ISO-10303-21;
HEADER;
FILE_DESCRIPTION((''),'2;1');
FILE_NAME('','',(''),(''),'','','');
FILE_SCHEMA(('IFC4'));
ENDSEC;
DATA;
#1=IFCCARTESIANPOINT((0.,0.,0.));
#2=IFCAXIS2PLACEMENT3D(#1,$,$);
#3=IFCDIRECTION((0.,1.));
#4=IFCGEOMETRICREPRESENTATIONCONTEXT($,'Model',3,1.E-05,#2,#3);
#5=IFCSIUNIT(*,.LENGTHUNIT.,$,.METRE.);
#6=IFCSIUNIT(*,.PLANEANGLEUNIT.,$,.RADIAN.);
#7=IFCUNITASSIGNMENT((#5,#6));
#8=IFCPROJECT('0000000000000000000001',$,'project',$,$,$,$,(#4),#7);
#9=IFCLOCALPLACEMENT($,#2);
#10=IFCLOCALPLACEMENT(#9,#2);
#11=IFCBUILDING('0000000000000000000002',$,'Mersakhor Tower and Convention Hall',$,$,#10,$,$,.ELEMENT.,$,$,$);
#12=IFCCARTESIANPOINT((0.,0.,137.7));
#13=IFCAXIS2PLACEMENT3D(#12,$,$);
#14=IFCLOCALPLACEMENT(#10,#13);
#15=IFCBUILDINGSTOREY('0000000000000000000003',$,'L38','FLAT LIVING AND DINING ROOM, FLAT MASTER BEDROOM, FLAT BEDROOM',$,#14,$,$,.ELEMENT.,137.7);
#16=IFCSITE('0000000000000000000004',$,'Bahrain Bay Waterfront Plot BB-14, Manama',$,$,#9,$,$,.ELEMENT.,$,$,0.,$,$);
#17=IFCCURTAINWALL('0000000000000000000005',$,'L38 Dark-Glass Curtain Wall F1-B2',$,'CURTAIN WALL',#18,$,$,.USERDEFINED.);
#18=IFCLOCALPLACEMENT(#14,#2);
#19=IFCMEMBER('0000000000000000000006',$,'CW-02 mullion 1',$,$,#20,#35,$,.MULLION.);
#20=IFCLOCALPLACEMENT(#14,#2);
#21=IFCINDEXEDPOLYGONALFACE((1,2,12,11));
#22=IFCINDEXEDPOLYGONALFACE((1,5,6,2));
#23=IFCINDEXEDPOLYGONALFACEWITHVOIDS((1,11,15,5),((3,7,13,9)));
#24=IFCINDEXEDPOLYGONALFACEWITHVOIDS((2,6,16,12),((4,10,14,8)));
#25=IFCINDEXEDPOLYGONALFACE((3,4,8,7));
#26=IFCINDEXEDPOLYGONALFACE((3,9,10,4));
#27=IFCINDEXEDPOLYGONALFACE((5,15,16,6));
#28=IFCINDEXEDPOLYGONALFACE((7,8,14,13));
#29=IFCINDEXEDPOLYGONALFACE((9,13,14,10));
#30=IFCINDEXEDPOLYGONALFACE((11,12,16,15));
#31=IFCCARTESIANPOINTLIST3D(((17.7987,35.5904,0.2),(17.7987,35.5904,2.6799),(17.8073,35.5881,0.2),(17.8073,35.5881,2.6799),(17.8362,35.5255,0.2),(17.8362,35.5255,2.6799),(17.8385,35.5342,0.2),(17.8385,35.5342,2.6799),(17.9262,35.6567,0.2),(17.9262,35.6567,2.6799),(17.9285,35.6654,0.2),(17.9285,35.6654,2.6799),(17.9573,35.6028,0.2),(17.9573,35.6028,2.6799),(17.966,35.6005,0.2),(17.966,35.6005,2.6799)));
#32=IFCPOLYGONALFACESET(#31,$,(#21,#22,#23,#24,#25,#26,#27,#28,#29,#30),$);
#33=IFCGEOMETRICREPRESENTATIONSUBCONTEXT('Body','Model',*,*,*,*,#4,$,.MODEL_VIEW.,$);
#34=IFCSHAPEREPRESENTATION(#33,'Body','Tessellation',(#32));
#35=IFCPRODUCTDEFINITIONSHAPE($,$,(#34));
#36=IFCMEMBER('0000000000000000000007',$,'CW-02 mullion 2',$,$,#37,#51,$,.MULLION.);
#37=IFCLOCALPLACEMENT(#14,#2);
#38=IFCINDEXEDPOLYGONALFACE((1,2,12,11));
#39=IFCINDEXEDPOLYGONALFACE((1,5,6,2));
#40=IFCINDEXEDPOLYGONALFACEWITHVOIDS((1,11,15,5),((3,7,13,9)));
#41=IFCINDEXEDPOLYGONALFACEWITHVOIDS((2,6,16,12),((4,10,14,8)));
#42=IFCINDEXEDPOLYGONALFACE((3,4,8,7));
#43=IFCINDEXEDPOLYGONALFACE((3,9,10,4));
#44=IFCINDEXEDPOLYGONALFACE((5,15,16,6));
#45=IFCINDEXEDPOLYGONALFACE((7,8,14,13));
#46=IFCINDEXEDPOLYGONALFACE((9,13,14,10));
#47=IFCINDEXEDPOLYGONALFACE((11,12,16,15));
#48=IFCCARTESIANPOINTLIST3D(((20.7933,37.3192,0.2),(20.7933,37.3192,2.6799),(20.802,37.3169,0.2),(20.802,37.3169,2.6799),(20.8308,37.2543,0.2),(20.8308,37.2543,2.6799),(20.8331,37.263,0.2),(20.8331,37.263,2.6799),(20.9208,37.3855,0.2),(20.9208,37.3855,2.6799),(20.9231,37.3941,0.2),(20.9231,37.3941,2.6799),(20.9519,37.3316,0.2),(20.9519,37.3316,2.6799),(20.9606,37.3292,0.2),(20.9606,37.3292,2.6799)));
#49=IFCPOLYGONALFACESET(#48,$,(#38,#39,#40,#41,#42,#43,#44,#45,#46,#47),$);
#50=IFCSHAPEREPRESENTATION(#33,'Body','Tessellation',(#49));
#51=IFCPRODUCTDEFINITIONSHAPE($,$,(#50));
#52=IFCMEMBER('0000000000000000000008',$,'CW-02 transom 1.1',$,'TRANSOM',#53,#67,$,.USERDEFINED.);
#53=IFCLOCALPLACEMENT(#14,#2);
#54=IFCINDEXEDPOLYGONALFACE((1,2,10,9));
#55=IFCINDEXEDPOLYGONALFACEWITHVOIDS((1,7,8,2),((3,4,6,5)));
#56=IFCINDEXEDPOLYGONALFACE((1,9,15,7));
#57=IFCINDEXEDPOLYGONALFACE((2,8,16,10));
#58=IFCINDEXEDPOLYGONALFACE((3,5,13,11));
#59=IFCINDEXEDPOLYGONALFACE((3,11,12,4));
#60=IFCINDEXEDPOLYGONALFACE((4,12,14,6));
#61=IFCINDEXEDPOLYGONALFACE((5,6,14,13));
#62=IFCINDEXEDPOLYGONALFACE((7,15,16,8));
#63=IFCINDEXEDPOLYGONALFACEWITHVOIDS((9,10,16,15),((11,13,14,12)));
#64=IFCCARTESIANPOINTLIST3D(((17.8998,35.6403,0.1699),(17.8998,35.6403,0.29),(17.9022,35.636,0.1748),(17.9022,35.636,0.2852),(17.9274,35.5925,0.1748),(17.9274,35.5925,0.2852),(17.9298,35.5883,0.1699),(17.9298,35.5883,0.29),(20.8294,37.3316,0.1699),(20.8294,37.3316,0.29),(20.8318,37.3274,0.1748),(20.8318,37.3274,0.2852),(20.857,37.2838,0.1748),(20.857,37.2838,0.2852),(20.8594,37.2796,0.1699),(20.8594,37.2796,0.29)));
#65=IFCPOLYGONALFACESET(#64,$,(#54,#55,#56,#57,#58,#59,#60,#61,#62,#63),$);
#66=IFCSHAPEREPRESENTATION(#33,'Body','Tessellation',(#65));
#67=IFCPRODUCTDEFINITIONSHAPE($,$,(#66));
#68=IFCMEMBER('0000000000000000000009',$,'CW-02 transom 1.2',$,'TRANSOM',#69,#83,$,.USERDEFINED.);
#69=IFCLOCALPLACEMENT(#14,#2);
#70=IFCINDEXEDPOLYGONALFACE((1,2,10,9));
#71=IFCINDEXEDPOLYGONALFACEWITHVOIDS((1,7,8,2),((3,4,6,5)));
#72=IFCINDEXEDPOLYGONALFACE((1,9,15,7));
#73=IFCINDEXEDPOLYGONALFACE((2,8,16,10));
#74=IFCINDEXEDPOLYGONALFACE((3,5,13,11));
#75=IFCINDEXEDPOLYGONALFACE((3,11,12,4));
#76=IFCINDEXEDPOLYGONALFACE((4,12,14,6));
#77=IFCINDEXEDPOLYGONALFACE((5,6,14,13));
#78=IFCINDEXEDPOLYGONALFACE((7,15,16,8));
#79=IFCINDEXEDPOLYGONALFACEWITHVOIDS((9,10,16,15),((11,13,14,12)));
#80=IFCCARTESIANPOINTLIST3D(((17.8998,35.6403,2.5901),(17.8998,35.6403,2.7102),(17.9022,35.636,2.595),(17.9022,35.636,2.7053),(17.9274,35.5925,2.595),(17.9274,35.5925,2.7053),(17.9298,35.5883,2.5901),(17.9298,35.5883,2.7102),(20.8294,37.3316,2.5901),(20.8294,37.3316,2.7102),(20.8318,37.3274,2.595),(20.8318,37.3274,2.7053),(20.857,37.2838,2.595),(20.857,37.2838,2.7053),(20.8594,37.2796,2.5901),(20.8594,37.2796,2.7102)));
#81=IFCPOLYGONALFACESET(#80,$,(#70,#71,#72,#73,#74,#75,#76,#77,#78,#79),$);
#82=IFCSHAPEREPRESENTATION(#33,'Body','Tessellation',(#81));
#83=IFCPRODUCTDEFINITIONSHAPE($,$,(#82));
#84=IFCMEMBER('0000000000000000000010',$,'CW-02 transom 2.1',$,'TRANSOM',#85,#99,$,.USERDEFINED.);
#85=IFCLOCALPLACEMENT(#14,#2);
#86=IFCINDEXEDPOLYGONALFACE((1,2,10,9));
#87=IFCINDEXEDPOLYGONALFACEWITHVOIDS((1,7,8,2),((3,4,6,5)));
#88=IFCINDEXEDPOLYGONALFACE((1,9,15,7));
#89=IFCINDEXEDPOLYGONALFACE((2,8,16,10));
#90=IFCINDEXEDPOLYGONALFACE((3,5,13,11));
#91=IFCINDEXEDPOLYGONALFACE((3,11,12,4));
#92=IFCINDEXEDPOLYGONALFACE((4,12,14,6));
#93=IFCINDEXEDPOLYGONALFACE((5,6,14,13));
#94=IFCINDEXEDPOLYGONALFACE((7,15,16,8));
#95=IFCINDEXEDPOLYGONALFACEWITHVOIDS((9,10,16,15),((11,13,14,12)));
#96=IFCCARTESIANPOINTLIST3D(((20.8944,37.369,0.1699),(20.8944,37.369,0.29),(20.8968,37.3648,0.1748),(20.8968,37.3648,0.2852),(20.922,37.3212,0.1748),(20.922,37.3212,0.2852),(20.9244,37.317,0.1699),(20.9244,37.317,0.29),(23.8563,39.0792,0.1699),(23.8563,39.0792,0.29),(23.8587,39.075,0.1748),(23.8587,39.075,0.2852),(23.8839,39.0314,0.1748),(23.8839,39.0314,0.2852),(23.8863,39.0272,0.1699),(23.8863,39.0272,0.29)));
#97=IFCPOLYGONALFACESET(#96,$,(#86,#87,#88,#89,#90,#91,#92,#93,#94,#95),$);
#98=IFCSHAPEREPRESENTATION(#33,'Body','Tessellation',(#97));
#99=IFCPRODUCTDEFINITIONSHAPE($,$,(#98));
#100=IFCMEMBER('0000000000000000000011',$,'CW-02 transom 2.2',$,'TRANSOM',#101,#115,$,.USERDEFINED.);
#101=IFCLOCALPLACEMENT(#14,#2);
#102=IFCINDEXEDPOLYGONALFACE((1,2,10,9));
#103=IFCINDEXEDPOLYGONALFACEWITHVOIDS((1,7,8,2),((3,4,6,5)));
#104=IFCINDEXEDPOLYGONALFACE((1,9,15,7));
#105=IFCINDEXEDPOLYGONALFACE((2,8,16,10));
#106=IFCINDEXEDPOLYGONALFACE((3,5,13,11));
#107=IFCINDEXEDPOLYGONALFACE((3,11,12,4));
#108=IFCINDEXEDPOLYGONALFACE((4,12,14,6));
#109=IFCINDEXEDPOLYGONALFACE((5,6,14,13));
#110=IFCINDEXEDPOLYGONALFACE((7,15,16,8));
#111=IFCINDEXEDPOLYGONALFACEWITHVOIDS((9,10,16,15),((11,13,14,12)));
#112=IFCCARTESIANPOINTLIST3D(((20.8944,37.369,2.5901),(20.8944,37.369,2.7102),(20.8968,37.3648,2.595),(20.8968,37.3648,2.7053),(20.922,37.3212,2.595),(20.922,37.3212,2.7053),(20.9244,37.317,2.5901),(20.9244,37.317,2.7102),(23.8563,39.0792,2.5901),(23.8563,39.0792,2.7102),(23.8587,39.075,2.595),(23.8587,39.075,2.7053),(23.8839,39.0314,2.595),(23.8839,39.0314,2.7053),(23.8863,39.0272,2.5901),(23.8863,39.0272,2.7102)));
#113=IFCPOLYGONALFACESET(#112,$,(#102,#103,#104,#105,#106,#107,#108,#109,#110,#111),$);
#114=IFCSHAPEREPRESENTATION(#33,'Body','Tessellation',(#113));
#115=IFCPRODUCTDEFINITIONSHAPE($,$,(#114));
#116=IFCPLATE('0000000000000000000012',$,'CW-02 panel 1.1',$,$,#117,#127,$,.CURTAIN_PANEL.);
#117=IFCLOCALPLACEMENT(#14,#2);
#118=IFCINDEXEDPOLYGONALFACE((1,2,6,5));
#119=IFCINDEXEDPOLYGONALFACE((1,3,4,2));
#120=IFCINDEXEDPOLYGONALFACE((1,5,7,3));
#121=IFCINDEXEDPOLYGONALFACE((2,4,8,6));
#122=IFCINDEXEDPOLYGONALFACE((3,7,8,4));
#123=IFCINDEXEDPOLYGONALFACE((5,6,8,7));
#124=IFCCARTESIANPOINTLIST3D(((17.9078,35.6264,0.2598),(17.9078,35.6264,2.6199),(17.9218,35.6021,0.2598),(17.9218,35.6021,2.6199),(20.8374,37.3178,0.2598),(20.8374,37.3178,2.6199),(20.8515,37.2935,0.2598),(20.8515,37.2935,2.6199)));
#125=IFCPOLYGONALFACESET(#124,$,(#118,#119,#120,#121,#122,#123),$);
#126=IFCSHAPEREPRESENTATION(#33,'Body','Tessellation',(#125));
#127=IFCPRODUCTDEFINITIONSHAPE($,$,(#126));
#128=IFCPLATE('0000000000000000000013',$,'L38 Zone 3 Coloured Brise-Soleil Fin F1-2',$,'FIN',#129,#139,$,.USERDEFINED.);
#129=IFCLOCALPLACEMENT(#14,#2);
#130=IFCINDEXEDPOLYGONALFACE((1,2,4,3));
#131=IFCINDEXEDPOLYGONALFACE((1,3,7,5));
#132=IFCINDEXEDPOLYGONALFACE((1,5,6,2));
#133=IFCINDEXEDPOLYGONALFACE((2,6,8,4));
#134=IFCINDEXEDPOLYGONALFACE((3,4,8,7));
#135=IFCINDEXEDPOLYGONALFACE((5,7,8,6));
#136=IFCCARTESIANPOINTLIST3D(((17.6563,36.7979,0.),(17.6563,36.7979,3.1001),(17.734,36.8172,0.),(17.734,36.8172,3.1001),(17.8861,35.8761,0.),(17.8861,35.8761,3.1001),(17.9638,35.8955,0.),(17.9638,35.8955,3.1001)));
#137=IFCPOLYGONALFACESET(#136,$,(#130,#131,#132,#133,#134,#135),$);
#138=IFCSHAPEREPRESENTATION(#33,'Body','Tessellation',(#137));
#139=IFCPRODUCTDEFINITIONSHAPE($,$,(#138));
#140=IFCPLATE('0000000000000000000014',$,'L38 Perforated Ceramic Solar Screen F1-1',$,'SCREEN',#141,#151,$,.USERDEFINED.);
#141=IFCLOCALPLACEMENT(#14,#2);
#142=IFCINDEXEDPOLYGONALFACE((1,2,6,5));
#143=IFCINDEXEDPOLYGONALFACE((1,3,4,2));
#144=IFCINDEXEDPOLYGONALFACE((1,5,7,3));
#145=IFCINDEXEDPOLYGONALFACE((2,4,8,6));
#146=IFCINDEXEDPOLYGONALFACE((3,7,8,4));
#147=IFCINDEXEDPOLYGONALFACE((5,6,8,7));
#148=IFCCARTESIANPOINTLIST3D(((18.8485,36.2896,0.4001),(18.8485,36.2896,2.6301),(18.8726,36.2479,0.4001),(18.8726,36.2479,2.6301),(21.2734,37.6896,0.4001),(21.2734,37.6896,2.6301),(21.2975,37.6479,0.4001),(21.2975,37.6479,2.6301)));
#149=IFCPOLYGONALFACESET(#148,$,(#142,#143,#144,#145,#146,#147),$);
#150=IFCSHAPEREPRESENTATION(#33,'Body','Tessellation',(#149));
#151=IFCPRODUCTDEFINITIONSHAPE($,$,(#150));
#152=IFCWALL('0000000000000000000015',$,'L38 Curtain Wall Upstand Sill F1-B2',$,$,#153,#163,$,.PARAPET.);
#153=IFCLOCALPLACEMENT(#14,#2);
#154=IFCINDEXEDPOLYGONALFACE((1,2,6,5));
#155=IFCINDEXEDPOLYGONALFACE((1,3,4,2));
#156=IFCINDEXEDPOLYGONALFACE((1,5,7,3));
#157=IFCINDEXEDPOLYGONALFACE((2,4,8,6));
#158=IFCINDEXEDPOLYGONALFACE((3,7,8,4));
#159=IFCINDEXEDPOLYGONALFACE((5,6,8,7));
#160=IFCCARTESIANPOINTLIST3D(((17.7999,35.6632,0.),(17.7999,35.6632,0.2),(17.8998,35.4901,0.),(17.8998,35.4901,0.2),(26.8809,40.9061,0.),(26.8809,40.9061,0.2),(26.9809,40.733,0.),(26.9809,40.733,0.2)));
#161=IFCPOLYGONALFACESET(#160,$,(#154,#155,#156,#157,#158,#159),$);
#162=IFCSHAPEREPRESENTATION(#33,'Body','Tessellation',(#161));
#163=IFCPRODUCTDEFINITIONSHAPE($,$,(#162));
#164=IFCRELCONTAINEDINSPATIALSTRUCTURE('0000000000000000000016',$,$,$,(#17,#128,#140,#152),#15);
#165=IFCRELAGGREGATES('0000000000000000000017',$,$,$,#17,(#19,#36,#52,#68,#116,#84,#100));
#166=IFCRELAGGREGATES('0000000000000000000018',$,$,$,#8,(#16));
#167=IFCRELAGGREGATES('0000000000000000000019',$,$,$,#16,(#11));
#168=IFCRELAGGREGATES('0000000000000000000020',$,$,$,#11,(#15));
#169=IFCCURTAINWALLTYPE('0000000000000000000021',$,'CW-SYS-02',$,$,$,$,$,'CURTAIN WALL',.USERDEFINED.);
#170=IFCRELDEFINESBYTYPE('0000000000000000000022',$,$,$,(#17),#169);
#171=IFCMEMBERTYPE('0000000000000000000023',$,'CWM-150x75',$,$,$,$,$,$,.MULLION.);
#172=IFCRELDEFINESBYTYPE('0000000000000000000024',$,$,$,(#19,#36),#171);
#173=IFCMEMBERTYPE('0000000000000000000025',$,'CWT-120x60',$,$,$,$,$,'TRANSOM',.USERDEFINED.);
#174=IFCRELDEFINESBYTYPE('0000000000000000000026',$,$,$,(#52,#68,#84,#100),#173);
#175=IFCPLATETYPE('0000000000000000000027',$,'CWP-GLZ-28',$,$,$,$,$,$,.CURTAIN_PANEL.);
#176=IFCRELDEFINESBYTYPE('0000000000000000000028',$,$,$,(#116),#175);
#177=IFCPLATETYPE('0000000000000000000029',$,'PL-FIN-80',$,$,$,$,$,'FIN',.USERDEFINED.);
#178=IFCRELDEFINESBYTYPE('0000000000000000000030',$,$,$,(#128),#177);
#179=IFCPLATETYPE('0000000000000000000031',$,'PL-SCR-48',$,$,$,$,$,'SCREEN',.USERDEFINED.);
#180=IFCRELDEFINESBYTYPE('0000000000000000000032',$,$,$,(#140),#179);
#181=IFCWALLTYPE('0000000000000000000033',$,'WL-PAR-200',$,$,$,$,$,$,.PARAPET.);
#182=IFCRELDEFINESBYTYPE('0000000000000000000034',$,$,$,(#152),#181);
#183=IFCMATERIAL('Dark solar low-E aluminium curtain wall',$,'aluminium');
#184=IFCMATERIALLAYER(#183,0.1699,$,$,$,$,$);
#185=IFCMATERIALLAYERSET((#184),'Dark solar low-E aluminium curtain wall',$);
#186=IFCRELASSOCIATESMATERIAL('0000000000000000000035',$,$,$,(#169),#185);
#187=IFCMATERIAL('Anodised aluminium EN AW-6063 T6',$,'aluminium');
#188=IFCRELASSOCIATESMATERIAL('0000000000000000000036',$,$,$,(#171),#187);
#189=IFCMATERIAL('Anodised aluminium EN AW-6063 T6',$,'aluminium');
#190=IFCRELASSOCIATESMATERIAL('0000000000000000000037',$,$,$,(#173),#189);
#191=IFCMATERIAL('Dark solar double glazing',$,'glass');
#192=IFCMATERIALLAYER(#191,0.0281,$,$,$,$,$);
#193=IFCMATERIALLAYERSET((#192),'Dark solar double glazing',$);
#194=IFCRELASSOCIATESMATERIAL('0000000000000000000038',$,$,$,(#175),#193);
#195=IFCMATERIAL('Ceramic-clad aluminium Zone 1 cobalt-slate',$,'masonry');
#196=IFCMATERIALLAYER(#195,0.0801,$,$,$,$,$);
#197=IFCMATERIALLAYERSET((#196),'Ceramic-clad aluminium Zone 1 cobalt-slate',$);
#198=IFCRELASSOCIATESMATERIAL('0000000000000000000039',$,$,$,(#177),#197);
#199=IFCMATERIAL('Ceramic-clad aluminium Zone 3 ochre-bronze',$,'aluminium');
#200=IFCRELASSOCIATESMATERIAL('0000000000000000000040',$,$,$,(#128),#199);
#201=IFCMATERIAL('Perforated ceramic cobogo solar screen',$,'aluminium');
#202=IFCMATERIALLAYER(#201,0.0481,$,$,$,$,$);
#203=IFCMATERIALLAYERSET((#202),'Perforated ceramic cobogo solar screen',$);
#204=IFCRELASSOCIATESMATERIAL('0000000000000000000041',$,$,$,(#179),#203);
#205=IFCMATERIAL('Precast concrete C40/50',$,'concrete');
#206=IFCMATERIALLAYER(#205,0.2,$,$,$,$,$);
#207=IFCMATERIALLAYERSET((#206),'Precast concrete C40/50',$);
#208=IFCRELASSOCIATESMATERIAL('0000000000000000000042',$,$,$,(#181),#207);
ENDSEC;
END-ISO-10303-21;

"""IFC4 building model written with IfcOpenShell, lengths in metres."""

from ifc_helpers import new_model, si_unit, direction, frame, frame_2d, origin, origin_2d, place, context, subcontext, project, spatial, rectangle, hollow_rectangle, extrude, material, layer, layer_set, material_profile, profile_set, type_object, element, aggregate, save


model = new_model("IFC4")

# Units and contexts
model_context = context("Model", 3, precision=1e-05, world=origin(), true_north=direction((0.0, 1.0)))
body_context = subcontext(model_context, "Body", "Model", "MODEL_VIEW")
ifc_project = project(units=[si_unit("LENGTHUNIT", "METRE"), si_unit("PLANEANGLEUNIT", "RADIAN")], contexts=[model_context])

# Site, building, storey
site_placement = place(None, origin())
site = spatial("IfcSite", under=ifc_project, at=site_placement, Name="Bahrain Bay Waterfront Plot BB-14, Manama", CompositionType="ELEMENT", RefElevation=0.0)
building_placement = place(site_placement, origin())
building = spatial("IfcBuilding", under=site, at=building_placement, Name="Mersakhor Tower and Convention Hall", CompositionType="ELEMENT")
storey_placement = place(building_placement, frame((0.0, 0.0, 137.7)))
storey = spatial("IfcBuildingStorey", under=building, at=storey_placement, Name="L38", Description="FLAT LIVING AND DINING ROOM, FLAT MASTER BEDROOM, FLAT BEDROOM", CompositionType="ELEMENT", Elevation=137.7)

# Curtain wall, members, plate
ifc_material_1 = material(Name="Dark solar low-E aluminium curtain wall", Category="aluminium")
ifc_layer_1 = layer(ifc_material_1, 0.1699)
ifc_layer_set_1 = layer_set([ifc_layer_1], Name="Dark solar low-E aluminium curtain wall")
curtain_wall_type = type_object("IfcCurtainWallType", Name="CW-SYS-02", ElementType="CURTAIN WALL", PredefinedType="USERDEFINED", material=ifc_layer_set_1)
curtain_wall_placement = place(storey_placement, origin())
curtain_wall = element("IfcCurtainWall", 1, at=curtain_wall_placement, inside=storey, type_object=curtain_wall_type, Name="L38 Dark-Glass Curtain Wall F1-B2", ObjectType="CURTAIN WALL", PredefinedType="USERDEFINED")
ifc_material_2 = material(Name="Anodised aluminium EN AW-6063 T6", Category="aluminium")
ifc_material_profile_1 = material_profile(ifc_material_2, hollow_rectangle(XDim=0.075, YDim=0.1499, WallThickness=0.0063, at=origin_2d()), Name="RHS 150x75x6.3")
ifc_profile_set_1 = profile_set([ifc_material_profile_1], Name="Anodised aluminium EN AW-6063 T6")
member_type_1 = type_object("IfcMemberType", Name="CWM-150x75", PredefinedType="MULLION", material=ifc_profile_set_1)
member_1_placement = place(storey_placement, frame((17.8823, 35.5955, 0.2), z_axis=(0.0, 0.0, 1.0), x_axis=(-0.49999, 0.866031, 0.0)))
member_1 = element("IfcMember", 2, at=member_1_placement, type_object=member_type_1, Name="CW-02 mullion 1", PredefinedType="MULLION", context=body_context, shape_type="SweptSolid", body=[
    extrude(hollow_rectangle(XDim=0.075, YDim=0.1499, WallThickness=0.0063, at=origin_2d()), origin(), (0.0, 0.0, 1.0), 2.48),
])
member_2_placement = place(storey_placement, frame((20.877, 37.3242, 0.2), z_axis=(0.0, 0.0, 1.0), x_axis=(-0.49999, 0.866031, 0.0)))
member_2 = element("IfcMember", 3, at=member_2_placement, type_object=member_type_1, Name="CW-02 mullion 2", PredefinedType="MULLION", context=body_context, shape_type="SweptSolid", body=[
    extrude(hollow_rectangle(XDim=0.075, YDim=0.1499, WallThickness=0.0063, at=origin_2d()), origin(), (0.0, 0.0, 1.0), 2.48),
])
ifc_material_3 = material(Name="Anodised aluminium EN AW-6063 T6", Category="aluminium")
ifc_material_profile_2 = material_profile(ifc_material_3, hollow_rectangle(XDim=0.0601, YDim=0.1201, WallThickness=0.0049, at=origin_2d()), Name="RHS 120x60x5")
ifc_profile_set_2 = profile_set([ifc_material_profile_2], Name="Anodised aluminium EN AW-6063 T6")
member_type_2 = type_object("IfcMemberType", Name="CWT-120x60", ElementType="TRANSOM", PredefinedType="USERDEFINED", material=ifc_profile_set_2)
member_3_placement = place(storey_placement, frame((17.9148, 35.6143, 0.23), z_axis=(0.866032, 0.499989, 0.0), x_axis=(-0.499989, 0.866032, 0.0)))
member_3 = element("IfcMember", 4, at=member_3_placement, type_object=member_type_2, Name="CW-02 transom 1.1", ObjectType="TRANSOM", PredefinedType="USERDEFINED", context=body_context, shape_type="SweptSolid", body=[
    extrude(hollow_rectangle(XDim=0.0601, YDim=0.1201, WallThickness=0.0049, at=origin_2d()), origin(), (0.0, 0.0, 1.0), 3.3828),
])
member_4_placement = place(storey_placement, frame((17.9148, 35.6143, 2.6501), z_axis=(0.866032, 0.499989, 0.0), x_axis=(-0.499989, 0.866032, 0.0)))
member_4 = element("IfcMember", 5, at=member_4_placement, type_object=member_type_2, Name="CW-02 transom 1.2", ObjectType="TRANSOM", PredefinedType="USERDEFINED", context=body_context, shape_type="SweptSolid", body=[
    extrude(hollow_rectangle(XDim=0.0601, YDim=0.1201, WallThickness=0.0049, at=origin_2d()), origin(), (0.0, 0.0, 1.0), 3.3828),
])
member_5_placement = place(storey_placement, frame((20.9094, 37.343, 0.23), z_axis=(0.866007, 0.500031, 0.0), x_axis=(-0.500031, 0.866007, 0.0)))
member_5 = element("IfcMember", 6, at=member_5_placement, type_object=member_type_2, Name="CW-02 transom 2.1", ObjectType="TRANSOM", PredefinedType="USERDEFINED", context=body_context, shape_type="SweptSolid", body=[
    extrude(hollow_rectangle(XDim=0.0601, YDim=0.1201, WallThickness=0.0049, at=origin_2d()), origin(), (0.0, 0.0, 1.0), 3.4202),
])
member_6_placement = place(storey_placement, frame((20.9094, 37.343, 2.6501), z_axis=(0.866007, 0.500031, 0.0), x_axis=(-0.500031, 0.866007, 0.0)))
member_6 = element("IfcMember", 7, at=member_6_placement, type_object=member_type_2, Name="CW-02 transom 2.2", ObjectType="TRANSOM", PredefinedType="USERDEFINED", context=body_context, shape_type="SweptSolid", body=[
    extrude(hollow_rectangle(XDim=0.0601, YDim=0.1201, WallThickness=0.0049, at=origin_2d()), origin(), (0.0, 0.0, 1.0), 3.4202),
])
ifc_material_4 = material(Name="Dark solar double glazing", Category="glass")
ifc_layer_2 = layer(ifc_material_4, 0.0281)
ifc_layer_set_2 = layer_set([ifc_layer_2], Name="Dark solar double glazing")
plate_type_1 = type_object("IfcPlateType", Name="CWP-GLZ-28", PredefinedType="CURTAIN_PANEL", material=ifc_layer_set_2)
plate_1_placement = place(storey_placement, frame((19.3796, 36.46, 0.2598), z_axis=(0.0, 0.0, 1.0), x_axis=(0.866031, 0.49999, 0.0)))
plate_1 = element("IfcPlate", 8, at=plate_1_placement, type_object=plate_type_1, Name="CW-02 panel 1.1", PredefinedType="CURTAIN_PANEL", context=body_context, shape_type="SweptSolid", body=[
    extrude(rectangle(XDim=3.3828, YDim=0.0281, at=origin_2d()), origin(), (0.0, 0.0, 1.0), 2.3601),
])
aggregate(curtain_wall, [member_1, member_2, member_3, member_4, plate_1, member_5, member_6])

# Plates
ifc_material_5 = material(Name="Ceramic-clad aluminium Zone 3 ochre-bronze", Category="aluminium")
ifc_material_6 = material(Name="Ceramic-clad aluminium Zone 1 cobalt-slate", Category="masonry")
ifc_layer_3 = layer(ifc_material_6, 0.0801)
ifc_layer_set_3 = layer_set([ifc_layer_3], Name="Ceramic-clad aluminium Zone 1 cobalt-slate")
plate_type_2 = type_object("IfcPlateType", Name="PL-FIN-80", ElementType="FIN", PredefinedType="USERDEFINED", material=ifc_layer_set_3)
plate_2_placement = place(storey_placement, frame((17.8101, 36.3467, 0.0), z_axis=(0.0, 0.0, 1.0), x_axis=(-0.241922, 0.970296, 0.0)))
element("IfcPlate", 9, at=plate_2_placement, inside=storey, type_object=plate_type_2, material=ifc_material_5, Name="L38 Zone 3 Coloured Brise-Soleil Fin F1-2", ObjectType="FIN", PredefinedType="USERDEFINED", context=body_context, shape_type="SweptSolid", body=[
    extrude(rectangle(XDim=0.95, YDim=0.0801, at=origin_2d()), origin(), (0.0, 0.0, 1.0), 3.1001),
])
ifc_material_7 = material(Name="Perforated ceramic cobogo solar screen", Category="aluminium")
ifc_layer_4 = layer(ifc_material_7, 0.0481)
ifc_layer_set_4 = layer_set([ifc_layer_4], Name="Perforated ceramic cobogo solar screen")
plate_type_3 = type_object("IfcPlateType", Name="PL-SCR-48", ElementType="SCREEN", PredefinedType="USERDEFINED", material=ifc_layer_set_4)
plate_3_placement = place(storey_placement, frame((20.073, 36.9688, 0.4001), z_axis=(0.0, 0.0, 1.0), x_axis=(0.866025, 0.5, 0.0)))
element("IfcPlate", 10, at=plate_3_placement, inside=storey, type_object=plate_type_3, Name="L38 Perforated Ceramic Solar Screen F1-1", ObjectType="SCREEN", PredefinedType="USERDEFINED", context=body_context, shape_type="SweptSolid", body=[
    extrude(rectangle(XDim=2.8, YDim=0.0481, at=origin_2d()), origin(), (0.0, 0.0, 1.0), 2.23),
])

# Wall
ifc_material_8 = material(Name="Precast concrete C40/50", Category="concrete")
ifc_layer_5 = layer(ifc_material_8, 0.2)
ifc_layer_set_5 = layer_set([ifc_layer_5], Name="Precast concrete C40/50")
wall_type_1 = type_object("IfcWallType", Name="WL-PAR-200", PredefinedType="PARAPET", material=ifc_layer_set_5)
wall_1_placement = place(storey_placement, frame((17.8499, 35.5767, 0.0), z_axis=(0.0, 0.0, 1.0), x_axis=(0.866027, 0.499998, 0.0)))
element("IfcWall", 11, at=wall_1_placement, inside=storey, type_object=wall_type_1, Name="L38 Curtain Wall Upstand Sill F1-B2", PredefinedType="PARAPET", context=body_context, shape_type="SweptSolid", body=[
    extrude(rectangle(XDim=10.4858, YDim=0.2, at=frame_2d((5.2429, 0.0))), origin(), (0.0, 0.0, 1.0), 0.2),
])

save(model, "model.ifc")
